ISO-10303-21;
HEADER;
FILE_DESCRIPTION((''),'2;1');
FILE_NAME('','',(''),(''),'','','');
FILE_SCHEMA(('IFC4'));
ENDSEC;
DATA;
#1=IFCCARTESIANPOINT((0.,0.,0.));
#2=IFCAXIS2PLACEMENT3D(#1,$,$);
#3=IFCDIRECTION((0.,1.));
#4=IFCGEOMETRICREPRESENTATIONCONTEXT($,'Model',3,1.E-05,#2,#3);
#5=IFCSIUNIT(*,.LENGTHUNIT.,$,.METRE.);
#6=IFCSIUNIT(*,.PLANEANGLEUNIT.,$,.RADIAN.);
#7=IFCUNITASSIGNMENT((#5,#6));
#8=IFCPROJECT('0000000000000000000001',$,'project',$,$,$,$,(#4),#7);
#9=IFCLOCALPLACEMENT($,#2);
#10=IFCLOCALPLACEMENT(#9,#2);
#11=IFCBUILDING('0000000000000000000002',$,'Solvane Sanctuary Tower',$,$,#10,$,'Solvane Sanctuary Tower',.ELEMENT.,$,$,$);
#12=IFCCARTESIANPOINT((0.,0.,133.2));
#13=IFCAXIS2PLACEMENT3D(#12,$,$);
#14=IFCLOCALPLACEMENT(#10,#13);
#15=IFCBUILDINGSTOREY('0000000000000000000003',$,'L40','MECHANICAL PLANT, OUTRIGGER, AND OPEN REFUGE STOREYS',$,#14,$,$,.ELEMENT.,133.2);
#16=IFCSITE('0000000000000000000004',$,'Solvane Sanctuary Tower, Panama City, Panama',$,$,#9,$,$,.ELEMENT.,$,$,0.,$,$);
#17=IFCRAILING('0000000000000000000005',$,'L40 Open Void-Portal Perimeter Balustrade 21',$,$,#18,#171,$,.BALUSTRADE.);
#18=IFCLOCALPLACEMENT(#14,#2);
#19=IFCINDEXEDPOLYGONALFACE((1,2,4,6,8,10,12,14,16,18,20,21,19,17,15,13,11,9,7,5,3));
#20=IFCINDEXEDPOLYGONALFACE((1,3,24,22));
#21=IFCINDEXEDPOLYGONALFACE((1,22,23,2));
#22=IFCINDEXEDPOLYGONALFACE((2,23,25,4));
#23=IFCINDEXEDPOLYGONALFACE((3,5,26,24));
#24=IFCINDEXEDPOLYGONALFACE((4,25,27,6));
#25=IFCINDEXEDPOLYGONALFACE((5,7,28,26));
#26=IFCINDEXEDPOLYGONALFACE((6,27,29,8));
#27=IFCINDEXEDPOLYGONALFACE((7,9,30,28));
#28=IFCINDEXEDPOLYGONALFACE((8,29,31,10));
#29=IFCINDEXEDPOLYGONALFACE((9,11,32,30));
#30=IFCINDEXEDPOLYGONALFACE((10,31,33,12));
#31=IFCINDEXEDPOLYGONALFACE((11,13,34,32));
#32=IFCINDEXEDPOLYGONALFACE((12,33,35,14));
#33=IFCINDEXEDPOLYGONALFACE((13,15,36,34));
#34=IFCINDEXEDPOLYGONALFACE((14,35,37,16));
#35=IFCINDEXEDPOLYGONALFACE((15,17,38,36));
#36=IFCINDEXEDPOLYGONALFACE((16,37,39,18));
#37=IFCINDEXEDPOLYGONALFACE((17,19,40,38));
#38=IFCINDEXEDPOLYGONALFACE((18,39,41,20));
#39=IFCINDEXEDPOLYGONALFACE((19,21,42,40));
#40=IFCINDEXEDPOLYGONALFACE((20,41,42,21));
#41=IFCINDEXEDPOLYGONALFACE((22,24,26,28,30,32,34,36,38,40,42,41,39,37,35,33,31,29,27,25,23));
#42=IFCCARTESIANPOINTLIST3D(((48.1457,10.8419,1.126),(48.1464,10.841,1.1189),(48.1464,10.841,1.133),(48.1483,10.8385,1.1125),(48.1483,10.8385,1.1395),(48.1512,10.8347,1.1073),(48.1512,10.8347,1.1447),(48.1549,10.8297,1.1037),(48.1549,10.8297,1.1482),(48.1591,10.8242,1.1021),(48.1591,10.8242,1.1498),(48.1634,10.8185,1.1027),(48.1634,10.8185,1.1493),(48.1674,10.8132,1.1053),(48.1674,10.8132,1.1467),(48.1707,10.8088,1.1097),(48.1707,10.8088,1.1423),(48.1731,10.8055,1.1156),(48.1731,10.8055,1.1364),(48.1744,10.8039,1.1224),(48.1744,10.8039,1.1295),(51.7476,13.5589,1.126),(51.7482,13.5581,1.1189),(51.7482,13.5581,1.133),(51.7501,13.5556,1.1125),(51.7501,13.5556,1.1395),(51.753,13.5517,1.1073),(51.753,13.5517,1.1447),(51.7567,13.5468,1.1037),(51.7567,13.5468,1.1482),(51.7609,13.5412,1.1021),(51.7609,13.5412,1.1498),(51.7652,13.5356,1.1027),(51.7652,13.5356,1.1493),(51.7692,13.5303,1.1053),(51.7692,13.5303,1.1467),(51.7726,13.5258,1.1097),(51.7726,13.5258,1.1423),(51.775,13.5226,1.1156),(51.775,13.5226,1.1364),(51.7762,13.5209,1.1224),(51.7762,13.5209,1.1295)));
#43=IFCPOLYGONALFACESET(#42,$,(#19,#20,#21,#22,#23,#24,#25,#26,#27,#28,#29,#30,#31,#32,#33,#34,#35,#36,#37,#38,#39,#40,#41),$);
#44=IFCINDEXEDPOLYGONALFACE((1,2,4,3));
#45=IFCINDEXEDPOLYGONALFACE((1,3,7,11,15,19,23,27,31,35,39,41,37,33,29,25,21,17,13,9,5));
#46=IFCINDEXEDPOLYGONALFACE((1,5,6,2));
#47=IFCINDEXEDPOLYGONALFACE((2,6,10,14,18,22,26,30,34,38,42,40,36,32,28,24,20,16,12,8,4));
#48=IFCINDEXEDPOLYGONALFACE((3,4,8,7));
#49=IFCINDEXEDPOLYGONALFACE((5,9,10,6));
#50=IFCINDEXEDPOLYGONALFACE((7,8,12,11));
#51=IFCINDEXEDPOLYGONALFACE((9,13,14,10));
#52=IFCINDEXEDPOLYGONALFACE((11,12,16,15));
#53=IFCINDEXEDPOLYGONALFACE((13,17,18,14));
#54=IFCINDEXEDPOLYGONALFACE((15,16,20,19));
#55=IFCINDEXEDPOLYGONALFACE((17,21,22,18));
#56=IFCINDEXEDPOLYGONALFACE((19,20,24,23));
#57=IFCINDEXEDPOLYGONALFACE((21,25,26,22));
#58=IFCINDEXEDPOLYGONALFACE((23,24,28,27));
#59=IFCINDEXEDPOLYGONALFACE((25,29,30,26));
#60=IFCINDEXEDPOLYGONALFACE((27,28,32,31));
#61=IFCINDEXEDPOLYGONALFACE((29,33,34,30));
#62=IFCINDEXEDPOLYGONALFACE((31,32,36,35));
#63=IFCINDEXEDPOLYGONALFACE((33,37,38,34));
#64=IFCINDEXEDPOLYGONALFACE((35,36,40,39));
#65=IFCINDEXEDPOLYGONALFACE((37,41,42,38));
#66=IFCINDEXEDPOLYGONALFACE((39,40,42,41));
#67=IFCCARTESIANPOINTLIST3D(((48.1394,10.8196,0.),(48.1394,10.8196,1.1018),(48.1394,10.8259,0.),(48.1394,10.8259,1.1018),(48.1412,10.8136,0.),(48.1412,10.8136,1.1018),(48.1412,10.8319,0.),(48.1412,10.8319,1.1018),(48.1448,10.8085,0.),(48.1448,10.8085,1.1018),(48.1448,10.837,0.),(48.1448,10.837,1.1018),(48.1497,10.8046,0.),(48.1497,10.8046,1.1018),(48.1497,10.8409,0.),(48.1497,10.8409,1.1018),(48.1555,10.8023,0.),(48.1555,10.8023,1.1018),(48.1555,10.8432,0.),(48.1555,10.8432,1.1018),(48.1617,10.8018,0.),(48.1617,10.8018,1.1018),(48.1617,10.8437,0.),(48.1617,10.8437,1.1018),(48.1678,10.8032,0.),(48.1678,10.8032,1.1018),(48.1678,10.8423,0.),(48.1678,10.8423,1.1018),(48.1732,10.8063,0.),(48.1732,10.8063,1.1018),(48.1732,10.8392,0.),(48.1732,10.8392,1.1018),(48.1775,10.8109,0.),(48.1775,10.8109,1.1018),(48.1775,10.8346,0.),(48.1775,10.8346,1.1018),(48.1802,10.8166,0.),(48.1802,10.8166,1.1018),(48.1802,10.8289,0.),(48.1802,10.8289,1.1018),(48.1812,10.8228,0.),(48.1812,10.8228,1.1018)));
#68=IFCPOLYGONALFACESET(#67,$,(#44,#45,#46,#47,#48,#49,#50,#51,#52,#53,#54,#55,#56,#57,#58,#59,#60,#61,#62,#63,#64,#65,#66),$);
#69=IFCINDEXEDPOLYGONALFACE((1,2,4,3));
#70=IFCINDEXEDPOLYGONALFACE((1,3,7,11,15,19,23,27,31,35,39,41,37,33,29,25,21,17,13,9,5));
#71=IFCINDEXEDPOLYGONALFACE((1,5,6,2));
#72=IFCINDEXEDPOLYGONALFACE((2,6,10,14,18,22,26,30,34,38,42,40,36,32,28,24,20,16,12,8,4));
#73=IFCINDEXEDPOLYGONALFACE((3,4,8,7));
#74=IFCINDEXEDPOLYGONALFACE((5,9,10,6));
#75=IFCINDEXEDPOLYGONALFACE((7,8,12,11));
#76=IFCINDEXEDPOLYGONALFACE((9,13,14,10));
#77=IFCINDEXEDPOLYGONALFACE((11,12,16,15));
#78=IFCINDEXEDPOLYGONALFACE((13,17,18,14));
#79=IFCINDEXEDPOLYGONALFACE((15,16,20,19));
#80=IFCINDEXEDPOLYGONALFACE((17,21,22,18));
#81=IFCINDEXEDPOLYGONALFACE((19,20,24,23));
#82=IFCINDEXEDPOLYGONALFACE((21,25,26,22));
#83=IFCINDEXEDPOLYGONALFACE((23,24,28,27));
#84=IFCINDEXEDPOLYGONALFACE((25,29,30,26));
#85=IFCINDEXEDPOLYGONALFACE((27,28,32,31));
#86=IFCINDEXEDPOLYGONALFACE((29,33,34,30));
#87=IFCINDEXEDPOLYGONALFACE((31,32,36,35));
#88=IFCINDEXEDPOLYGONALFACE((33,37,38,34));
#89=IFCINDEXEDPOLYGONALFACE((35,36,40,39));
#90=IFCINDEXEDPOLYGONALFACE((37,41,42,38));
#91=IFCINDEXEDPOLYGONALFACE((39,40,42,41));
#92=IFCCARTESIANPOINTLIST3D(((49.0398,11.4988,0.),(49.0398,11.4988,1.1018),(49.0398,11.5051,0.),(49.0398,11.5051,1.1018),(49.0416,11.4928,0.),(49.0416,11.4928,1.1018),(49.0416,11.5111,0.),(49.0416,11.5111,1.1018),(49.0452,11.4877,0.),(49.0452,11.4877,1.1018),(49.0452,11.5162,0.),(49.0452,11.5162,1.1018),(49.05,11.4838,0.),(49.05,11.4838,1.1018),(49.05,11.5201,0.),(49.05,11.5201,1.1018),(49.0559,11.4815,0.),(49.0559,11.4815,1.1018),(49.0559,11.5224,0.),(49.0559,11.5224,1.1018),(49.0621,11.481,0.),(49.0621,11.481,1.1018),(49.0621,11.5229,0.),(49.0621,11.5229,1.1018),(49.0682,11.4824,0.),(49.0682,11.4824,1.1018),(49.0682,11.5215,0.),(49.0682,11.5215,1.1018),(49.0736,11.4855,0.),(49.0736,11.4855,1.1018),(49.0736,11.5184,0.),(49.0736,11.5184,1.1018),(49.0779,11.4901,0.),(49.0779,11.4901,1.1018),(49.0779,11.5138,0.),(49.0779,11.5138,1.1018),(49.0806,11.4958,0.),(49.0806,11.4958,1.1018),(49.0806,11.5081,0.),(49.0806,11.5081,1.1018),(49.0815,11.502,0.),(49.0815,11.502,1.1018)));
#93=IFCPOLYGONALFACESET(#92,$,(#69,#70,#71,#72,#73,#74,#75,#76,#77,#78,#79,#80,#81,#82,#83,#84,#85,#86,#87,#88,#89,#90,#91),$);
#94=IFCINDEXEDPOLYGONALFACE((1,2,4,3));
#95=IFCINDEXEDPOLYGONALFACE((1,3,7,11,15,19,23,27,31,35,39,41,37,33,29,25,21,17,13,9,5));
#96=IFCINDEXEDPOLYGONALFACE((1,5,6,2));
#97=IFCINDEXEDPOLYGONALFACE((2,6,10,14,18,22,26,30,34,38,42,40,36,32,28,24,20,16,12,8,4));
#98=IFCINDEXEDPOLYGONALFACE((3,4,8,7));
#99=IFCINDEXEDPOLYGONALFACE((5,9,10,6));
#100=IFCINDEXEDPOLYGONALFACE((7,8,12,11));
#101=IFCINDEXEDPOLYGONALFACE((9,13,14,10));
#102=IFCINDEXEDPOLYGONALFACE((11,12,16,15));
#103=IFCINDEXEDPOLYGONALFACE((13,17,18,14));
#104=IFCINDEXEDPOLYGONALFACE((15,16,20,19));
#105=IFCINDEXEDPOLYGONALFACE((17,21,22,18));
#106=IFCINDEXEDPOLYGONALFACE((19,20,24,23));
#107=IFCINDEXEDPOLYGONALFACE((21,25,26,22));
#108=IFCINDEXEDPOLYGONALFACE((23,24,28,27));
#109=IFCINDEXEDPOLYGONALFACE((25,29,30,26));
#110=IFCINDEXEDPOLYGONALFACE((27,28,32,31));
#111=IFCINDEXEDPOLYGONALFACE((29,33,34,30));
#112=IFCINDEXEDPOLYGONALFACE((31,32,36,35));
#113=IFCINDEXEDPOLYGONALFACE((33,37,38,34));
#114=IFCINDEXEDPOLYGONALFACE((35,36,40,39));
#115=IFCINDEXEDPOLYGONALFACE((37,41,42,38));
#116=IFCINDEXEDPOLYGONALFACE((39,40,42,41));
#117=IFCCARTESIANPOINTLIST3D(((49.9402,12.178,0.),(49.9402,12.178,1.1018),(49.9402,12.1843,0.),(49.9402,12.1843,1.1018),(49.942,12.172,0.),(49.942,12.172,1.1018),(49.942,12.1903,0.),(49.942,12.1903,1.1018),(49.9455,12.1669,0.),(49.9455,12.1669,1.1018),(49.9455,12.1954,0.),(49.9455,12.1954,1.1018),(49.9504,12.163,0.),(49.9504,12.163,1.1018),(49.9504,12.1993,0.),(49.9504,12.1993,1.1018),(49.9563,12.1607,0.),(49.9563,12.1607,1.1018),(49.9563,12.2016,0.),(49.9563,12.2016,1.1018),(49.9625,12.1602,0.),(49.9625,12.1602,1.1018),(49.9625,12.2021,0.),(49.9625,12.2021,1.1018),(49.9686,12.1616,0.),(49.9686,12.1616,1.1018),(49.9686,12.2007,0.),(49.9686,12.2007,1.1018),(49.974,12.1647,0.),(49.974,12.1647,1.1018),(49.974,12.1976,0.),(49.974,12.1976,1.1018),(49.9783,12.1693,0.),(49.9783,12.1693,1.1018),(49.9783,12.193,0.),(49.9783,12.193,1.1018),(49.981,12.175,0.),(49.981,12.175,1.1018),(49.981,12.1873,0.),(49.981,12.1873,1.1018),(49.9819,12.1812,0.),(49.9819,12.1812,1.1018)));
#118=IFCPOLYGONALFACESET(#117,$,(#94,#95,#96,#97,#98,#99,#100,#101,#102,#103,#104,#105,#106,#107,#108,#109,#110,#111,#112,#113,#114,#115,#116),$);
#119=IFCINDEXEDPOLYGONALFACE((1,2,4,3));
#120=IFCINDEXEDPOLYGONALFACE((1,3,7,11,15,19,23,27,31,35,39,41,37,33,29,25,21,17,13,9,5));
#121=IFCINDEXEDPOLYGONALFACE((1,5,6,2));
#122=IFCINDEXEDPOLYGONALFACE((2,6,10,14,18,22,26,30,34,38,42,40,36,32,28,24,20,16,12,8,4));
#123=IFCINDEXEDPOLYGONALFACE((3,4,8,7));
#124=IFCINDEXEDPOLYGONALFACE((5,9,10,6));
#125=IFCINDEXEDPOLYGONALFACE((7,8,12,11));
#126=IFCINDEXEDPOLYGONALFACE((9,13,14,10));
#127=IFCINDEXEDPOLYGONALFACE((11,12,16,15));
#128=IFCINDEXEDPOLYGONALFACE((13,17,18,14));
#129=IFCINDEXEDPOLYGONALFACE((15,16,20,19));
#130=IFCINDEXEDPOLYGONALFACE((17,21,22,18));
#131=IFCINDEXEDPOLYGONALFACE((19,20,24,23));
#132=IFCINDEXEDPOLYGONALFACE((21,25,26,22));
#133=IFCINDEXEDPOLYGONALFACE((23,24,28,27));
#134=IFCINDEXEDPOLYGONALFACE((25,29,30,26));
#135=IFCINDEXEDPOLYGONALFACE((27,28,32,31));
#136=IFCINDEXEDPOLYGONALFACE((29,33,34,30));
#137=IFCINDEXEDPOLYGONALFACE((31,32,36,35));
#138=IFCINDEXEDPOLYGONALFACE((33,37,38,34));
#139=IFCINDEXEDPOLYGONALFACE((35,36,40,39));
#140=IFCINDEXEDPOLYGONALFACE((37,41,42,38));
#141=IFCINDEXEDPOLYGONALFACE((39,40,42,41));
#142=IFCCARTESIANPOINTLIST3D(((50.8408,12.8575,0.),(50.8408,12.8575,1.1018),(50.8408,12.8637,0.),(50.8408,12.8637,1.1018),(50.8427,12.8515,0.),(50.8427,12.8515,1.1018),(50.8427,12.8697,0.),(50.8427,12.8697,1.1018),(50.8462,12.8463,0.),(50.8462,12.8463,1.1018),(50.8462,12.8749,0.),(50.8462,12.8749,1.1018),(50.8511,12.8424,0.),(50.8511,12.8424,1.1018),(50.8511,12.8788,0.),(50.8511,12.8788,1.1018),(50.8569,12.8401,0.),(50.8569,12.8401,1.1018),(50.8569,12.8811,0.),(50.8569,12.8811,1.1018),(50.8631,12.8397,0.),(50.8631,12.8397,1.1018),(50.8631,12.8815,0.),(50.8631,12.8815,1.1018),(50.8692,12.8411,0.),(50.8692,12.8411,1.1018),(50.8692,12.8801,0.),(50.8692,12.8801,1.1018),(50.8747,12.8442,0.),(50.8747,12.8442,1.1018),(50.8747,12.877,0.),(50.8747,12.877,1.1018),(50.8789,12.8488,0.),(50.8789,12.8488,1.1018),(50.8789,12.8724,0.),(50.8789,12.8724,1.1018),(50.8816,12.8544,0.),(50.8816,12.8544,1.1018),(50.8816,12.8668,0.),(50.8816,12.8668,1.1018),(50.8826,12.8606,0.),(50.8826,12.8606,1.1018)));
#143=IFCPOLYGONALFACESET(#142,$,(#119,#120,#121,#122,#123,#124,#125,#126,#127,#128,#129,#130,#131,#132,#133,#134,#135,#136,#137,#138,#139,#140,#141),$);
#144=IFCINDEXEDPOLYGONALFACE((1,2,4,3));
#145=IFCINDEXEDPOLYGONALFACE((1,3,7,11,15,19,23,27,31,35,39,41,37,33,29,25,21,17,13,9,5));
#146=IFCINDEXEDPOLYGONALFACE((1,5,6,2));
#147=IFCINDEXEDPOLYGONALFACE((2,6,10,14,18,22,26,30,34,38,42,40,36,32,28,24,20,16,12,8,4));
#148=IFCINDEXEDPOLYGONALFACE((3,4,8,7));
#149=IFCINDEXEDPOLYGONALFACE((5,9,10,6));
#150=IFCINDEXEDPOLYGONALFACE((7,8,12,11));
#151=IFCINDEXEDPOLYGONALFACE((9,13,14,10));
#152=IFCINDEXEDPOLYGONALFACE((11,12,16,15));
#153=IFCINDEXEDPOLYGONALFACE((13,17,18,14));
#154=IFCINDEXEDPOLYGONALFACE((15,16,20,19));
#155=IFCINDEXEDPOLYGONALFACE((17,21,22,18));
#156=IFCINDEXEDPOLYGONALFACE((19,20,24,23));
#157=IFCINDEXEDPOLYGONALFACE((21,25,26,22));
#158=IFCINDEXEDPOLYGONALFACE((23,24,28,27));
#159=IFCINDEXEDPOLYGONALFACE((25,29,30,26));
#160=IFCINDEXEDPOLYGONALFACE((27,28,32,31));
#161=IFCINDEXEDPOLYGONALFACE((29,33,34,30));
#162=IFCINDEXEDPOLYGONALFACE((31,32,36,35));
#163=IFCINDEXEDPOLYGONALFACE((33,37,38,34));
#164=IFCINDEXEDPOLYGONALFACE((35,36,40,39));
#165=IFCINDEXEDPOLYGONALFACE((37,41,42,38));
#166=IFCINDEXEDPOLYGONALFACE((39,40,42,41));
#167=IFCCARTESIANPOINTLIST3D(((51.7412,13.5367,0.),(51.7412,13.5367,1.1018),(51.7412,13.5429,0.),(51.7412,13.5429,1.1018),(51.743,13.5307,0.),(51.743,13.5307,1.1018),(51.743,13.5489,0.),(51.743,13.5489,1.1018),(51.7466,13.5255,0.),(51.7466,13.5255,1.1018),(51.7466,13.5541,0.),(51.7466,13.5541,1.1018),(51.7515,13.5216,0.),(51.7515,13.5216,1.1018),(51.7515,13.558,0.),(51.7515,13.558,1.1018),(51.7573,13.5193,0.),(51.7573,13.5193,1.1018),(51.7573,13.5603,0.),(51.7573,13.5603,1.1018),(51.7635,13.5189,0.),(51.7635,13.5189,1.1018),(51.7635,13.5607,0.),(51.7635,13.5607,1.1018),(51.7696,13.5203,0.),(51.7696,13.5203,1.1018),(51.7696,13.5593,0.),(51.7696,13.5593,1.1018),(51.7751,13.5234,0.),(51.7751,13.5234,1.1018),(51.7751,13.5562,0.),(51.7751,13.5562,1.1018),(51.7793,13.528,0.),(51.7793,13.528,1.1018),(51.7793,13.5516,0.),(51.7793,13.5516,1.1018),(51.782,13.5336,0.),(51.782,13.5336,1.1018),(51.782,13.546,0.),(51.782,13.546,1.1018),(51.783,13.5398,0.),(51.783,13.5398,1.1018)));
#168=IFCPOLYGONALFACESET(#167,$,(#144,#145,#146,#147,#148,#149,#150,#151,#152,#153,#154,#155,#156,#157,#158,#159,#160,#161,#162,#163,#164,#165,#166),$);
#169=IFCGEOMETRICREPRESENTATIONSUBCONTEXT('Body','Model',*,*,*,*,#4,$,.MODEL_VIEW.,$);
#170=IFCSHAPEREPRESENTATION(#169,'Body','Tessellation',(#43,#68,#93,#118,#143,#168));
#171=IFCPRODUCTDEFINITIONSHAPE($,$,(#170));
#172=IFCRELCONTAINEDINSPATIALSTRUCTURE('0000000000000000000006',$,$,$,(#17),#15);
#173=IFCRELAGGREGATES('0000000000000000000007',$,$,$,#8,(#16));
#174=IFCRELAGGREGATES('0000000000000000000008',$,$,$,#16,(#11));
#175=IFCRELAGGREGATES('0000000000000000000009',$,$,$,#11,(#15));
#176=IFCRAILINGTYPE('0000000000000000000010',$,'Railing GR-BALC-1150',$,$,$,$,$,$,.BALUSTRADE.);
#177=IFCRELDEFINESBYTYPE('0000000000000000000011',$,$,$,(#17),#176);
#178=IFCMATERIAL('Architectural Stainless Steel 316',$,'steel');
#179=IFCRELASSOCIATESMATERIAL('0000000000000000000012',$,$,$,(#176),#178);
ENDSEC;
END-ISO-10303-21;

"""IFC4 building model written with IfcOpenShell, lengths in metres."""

from ifc_helpers import new_model, si_unit, direction, frame, origin, origin_2d, place, context, subcontext, project, spatial, circle, extrude, material, type_object, element, save


model = new_model("IFC4")

# Units and contexts
model_context = context("Model", 3, precision=1e-05, world=origin(), true_north=direction((0.0, 1.0)))
body_context = subcontext(model_context, "Body", "Model", "MODEL_VIEW")
ifc_project = project(units=[si_unit("LENGTHUNIT", "METRE"), si_unit("PLANEANGLEUNIT", "RADIAN")], contexts=[model_context])

# Site, building, storey
site_placement = place(None, origin())
site = spatial("IfcSite", under=ifc_project, at=site_placement, Name="Solvane Sanctuary Tower, Panama City, Panama", CompositionType="ELEMENT", RefElevation=0.0)
building_placement = place(site_placement, origin())
building = spatial("IfcBuilding", under=site, at=building_placement, Name="Solvane Sanctuary Tower", LongName="Solvane Sanctuary Tower", CompositionType="ELEMENT")
storey_placement = place(building_placement, frame((0.0, 0.0, 133.2)))
storey = spatial("IfcBuildingStorey", under=building, at=storey_placement, Name="L40", Description="MECHANICAL PLANT, OUTRIGGER, AND OPEN REFUGE STOREYS", CompositionType="ELEMENT", Elevation=133.2)

# Shared definitions
ifc_material_1 = material(Name="Architectural Stainless Steel 316", Category="steel")

# Railing
railing_type_1 = type_object("IfcRailingType", Name="Railing GR-BALC-1150", PredefinedType="BALUSTRADE", material=ifc_material_1)
railing_1_placement = place(storey_placement, frame((48.1602, 10.8228, 0.0)))
element("IfcRailing", 1, at=railing_1_placement, inside=storey, type_object=railing_type_1, Name="L40 Open Void-Portal Perimeter Balustrade 21", PredefinedType="BALUSTRADE", context=body_context, shape_type="SweptSolid", body=[
    extrude(circle(Radius=0.0239, at=origin_2d()), frame((0.0, 0.0, 1.126), z_axis=(0.798328, 0.602223, 0.0), x_axis=(-0.602223, 0.798328, 0.0)), (0.0, 0.0, 1.0), 4.5117),
    extrude(circle(Radius=0.021, at=origin_2d()), origin(), (0.0, 0.0, 1.0), 1.1018),
    extrude(circle(Radius=0.021, at=origin_2d()), frame((0.9004, 0.6792, 0.0)), (0.0, 0.0, 1.0), 1.1018),
    extrude(circle(Radius=0.021, at=origin_2d()), frame((1.8008, 1.3584, 0.0)), (0.0, 0.0, 1.0), 1.1018),
    extrude(circle(Radius=0.021, at=origin_2d()), frame((2.7014, 2.0378, 0.0)), (0.0, 0.0, 1.0), 1.1018),
    extrude(circle(Radius=0.021, at=origin_2d()), frame((3.6018, 2.717, 0.0)), (0.0, 0.0, 1.0), 1.1018),
])

save(model, "model.ifc")
